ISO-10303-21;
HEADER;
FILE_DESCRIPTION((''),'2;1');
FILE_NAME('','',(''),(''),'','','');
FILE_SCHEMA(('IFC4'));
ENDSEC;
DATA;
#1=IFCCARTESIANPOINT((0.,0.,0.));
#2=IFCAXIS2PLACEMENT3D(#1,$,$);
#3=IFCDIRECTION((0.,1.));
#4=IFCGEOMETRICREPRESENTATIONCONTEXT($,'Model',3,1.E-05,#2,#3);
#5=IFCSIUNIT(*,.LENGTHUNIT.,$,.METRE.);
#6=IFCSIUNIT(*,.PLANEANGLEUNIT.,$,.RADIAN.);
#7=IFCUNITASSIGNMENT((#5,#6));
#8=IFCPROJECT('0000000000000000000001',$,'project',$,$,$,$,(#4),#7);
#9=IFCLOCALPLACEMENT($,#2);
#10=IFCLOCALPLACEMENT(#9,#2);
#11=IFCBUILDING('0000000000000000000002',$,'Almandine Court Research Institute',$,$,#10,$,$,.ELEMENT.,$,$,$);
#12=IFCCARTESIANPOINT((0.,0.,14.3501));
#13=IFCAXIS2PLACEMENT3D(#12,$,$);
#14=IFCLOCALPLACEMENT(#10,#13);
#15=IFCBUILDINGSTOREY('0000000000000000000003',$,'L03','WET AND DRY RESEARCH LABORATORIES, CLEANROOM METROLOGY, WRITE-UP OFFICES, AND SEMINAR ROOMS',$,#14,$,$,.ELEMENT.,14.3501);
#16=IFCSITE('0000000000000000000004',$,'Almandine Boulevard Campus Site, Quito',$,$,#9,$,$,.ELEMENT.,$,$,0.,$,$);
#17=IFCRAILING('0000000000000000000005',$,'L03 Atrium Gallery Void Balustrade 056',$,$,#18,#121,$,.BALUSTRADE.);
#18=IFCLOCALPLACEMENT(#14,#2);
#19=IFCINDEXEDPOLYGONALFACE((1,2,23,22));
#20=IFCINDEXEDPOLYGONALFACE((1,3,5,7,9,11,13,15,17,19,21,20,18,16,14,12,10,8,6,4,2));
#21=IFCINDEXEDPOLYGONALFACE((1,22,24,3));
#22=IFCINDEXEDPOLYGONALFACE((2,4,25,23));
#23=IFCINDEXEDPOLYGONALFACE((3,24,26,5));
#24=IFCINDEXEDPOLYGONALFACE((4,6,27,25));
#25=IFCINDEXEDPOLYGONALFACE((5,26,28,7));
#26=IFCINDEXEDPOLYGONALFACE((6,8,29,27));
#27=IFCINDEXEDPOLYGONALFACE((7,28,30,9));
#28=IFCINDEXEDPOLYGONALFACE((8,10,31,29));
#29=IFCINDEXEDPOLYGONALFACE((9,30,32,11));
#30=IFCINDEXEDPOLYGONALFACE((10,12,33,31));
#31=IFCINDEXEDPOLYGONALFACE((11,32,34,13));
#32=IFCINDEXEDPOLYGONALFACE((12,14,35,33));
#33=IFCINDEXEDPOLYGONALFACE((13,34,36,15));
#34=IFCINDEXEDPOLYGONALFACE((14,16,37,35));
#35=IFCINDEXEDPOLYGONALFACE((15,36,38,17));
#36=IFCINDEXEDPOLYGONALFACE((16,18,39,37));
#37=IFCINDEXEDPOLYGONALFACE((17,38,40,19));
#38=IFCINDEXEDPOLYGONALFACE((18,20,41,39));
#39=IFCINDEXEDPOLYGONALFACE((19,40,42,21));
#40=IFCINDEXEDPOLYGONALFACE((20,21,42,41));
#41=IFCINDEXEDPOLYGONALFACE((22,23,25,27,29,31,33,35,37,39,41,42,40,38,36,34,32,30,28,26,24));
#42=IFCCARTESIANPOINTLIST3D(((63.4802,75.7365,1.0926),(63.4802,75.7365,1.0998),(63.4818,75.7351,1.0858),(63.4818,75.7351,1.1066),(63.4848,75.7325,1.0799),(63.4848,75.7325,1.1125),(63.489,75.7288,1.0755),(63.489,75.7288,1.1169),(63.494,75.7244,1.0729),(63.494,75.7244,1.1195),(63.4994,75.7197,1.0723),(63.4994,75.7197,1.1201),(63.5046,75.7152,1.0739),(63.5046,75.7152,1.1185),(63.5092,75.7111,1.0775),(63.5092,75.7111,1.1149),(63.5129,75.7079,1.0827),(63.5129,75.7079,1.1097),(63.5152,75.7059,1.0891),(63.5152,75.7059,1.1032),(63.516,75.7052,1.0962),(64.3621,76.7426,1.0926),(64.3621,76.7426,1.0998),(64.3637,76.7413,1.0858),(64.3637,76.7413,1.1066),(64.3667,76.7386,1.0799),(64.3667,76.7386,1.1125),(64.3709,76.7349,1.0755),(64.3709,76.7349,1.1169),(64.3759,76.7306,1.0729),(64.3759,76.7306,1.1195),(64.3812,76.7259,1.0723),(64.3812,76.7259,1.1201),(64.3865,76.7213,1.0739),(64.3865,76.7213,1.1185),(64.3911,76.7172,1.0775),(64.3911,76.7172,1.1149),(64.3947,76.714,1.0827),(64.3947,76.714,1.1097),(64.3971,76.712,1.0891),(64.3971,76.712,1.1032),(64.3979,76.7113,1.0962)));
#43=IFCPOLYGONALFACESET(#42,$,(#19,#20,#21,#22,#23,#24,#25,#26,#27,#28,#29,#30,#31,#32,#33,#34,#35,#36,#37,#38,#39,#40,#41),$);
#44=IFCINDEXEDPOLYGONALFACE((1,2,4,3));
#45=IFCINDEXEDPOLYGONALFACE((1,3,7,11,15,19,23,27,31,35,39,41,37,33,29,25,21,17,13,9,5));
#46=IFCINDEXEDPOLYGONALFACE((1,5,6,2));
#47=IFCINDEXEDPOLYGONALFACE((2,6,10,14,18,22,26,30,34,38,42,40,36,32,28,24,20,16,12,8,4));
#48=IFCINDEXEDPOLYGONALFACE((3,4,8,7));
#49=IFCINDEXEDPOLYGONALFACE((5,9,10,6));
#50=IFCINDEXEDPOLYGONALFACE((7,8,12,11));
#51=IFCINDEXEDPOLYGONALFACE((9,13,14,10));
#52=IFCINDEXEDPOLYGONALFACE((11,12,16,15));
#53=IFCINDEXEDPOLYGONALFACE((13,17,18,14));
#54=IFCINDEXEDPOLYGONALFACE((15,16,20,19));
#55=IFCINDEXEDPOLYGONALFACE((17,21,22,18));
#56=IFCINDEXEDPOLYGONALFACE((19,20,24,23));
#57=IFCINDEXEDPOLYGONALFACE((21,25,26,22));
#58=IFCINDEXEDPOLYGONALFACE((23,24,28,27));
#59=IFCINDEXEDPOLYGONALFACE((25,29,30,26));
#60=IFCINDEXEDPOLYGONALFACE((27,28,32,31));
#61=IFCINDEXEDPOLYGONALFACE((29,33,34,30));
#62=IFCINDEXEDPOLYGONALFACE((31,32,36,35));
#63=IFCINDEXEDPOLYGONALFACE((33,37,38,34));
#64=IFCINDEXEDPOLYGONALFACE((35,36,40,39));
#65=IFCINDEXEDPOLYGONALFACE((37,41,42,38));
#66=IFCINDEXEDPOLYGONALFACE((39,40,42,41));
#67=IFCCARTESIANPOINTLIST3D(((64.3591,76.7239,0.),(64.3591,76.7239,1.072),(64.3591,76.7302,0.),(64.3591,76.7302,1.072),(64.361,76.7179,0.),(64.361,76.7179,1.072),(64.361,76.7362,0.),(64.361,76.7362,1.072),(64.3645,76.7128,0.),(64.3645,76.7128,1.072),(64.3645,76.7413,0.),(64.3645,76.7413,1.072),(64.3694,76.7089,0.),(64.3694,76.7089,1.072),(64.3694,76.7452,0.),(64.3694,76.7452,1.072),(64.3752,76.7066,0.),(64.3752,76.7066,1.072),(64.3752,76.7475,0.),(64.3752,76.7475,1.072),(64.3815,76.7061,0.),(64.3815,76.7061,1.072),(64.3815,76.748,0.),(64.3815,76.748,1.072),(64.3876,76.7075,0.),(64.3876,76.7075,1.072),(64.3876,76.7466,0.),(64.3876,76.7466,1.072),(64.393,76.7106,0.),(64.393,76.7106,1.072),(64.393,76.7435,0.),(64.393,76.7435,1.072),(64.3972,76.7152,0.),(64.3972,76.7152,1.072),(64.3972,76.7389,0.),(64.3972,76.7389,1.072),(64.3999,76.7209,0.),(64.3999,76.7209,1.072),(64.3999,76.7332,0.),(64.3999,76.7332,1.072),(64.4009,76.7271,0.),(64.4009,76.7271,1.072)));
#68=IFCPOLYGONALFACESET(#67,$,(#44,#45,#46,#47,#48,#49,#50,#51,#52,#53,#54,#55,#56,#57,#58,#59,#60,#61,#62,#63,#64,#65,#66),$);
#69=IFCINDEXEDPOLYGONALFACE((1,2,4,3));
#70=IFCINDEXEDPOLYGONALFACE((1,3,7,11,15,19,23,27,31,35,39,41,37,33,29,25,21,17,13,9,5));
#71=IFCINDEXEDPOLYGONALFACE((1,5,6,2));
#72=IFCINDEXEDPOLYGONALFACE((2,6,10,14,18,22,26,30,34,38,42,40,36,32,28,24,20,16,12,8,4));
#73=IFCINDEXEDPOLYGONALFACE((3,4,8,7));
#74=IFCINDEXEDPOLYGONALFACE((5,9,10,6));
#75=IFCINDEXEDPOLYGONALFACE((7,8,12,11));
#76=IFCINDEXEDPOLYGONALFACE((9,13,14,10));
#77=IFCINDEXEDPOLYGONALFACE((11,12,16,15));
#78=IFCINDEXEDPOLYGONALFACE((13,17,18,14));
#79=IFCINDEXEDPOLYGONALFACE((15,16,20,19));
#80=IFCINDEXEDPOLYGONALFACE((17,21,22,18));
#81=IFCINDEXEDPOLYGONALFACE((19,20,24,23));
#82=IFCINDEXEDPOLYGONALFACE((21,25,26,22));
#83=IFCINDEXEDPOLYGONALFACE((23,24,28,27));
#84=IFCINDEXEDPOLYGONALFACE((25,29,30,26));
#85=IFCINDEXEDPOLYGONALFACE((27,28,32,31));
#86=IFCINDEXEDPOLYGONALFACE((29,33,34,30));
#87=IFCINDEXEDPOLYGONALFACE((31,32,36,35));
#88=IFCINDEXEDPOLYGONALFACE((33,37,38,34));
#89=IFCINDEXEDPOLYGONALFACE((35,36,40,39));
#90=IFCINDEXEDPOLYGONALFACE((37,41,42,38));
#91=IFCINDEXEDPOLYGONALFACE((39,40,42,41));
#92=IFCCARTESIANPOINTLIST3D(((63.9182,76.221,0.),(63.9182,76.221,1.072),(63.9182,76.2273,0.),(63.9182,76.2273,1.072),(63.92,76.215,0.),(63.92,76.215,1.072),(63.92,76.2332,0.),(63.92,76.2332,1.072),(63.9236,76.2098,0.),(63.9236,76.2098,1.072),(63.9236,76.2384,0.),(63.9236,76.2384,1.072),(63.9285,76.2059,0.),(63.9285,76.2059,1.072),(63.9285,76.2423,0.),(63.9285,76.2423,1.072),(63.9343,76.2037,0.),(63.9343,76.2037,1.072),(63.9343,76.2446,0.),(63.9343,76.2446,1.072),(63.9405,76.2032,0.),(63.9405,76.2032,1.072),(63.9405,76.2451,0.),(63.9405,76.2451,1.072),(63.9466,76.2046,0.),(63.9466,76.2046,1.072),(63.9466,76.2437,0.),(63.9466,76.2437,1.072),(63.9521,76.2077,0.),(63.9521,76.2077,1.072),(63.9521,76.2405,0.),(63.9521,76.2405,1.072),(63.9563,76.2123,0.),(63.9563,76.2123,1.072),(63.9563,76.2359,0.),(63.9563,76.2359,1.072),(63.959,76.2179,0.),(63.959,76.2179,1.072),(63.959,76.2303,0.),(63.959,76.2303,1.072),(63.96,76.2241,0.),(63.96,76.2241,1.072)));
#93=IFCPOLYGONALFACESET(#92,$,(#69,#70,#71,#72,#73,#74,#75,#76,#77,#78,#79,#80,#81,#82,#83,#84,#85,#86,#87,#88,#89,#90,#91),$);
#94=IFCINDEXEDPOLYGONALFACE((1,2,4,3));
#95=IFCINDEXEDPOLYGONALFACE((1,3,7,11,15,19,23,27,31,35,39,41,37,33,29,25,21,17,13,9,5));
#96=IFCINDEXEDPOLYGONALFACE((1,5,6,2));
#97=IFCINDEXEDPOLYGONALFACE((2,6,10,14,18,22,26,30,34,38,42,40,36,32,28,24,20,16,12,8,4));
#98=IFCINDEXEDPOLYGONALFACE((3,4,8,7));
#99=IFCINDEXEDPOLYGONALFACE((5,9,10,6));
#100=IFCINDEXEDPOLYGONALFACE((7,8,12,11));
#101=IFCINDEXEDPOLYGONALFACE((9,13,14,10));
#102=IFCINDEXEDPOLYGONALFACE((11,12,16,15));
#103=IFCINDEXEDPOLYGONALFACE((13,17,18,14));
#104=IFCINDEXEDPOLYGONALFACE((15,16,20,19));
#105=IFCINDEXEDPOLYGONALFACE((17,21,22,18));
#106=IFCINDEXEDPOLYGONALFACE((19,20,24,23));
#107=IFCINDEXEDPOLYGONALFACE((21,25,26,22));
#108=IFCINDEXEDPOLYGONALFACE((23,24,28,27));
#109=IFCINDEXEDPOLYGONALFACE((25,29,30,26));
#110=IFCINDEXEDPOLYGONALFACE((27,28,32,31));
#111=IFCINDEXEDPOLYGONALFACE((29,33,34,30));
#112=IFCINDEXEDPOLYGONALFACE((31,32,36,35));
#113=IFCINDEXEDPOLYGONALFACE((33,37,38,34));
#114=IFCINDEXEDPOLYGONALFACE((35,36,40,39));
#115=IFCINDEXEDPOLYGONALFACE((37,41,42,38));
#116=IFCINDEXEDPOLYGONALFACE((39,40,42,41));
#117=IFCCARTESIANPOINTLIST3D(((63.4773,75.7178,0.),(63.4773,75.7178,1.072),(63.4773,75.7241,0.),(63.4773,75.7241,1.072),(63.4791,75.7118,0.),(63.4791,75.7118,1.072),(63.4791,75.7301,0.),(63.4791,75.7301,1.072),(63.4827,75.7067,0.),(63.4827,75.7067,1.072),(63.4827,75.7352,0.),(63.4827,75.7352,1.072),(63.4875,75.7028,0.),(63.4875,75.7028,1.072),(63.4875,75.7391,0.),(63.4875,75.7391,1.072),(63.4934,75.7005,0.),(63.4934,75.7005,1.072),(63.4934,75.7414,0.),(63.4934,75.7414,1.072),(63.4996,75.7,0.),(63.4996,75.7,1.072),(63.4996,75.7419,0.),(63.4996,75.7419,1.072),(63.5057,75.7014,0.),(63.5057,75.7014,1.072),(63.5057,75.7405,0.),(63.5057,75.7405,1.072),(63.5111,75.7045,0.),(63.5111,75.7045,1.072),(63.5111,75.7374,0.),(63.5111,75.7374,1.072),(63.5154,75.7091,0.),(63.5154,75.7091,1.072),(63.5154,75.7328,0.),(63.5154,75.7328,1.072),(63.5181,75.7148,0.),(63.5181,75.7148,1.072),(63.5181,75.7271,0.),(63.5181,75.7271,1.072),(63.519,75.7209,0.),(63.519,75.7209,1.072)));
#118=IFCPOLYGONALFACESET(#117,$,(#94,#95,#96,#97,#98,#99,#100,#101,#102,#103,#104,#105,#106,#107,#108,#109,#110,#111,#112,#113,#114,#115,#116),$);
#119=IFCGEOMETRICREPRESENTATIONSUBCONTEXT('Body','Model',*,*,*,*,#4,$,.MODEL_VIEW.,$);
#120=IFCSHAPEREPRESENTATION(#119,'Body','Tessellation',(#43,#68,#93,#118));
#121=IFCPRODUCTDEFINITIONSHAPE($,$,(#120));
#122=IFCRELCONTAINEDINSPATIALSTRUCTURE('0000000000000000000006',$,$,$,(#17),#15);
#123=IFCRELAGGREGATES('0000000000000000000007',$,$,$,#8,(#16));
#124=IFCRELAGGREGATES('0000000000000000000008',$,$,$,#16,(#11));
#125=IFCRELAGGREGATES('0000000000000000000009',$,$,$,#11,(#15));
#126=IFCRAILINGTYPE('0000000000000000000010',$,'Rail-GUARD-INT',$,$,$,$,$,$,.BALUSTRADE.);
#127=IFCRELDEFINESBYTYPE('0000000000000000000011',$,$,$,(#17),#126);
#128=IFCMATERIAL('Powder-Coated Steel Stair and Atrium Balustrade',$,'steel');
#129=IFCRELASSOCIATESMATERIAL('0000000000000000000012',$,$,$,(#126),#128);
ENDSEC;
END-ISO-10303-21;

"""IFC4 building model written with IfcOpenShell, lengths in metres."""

from ifc_helpers import new_model, si_unit, direction, frame, origin, origin_2d, place, context, subcontext, project, spatial, circle, extrude, material, type_object, element, save


model = new_model("IFC4")

# Units and contexts
model_context = context("Model", 3, precision=1e-05, world=origin(), true_north=direction((0.0, 1.0)))
body_context = subcontext(model_context, "Body", "Model", "MODEL_VIEW")
ifc_project = project(units=[si_unit("LENGTHUNIT", "METRE"), si_unit("PLANEANGLEUNIT", "RADIAN")], contexts=[model_context])

# Site, building, storey
site_placement = place(None, origin())
site = spatial("IfcSite", under=ifc_project, at=site_placement, Name="Almandine Boulevard Campus Site, Quito", CompositionType="ELEMENT", RefElevation=0.0)
building_placement = place(site_placement, origin())
building = spatial("IfcBuilding", under=site, at=building_placement, Name="Almandine Court Research Institute", CompositionType="ELEMENT")
storey_placement = place(building_placement, frame((0.0, 0.0, 14.3501)))
storey = spatial("IfcBuildingStorey", under=building, at=storey_placement, Name="L03", Description="WET AND DRY RESEARCH LABORATORIES, CLEANROOM METROLOGY, WRITE-UP OFFICES, AND SEMINAR ROOMS", CompositionType="ELEMENT", Elevation=14.3501)

# Railing
ifc_material_1 = material(Name="Powder-Coated Steel Stair and Atrium Balustrade", Category="steel")
railing_type = type_object("IfcRailingType", Name="Rail-GUARD-INT", PredefinedType="BALUSTRADE", material=ifc_material_1)
railing_1_placement = place(storey_placement, frame((64.3799, 76.7271, 0.0)))
element("IfcRailing", 1, at=railing_1_placement, inside=storey, type_object=railing_type, Name="L03 Atrium Gallery Void Balustrade 056", PredefinedType="BALUSTRADE", context=body_context, shape_type="SweptSolid", body=[
    extrude(circle(Radius=0.0239, at=origin_2d()), frame((0.0, 0.0, 1.0962), z_axis=(-0.659137, -0.752023, 0.0), x_axis=(0.752023, -0.659137, 0.0)), (0.0, 0.0, 1.0), 1.3379),
    extrude(circle(Radius=0.021, at=origin_2d()), origin(), (0.0, 0.0, 1.0), 1.072),
    extrude(circle(Radius=0.021, at=origin_2d()), frame((-0.4409, -0.5029, 0.0)), (0.0, 0.0, 1.0), 1.072),
    extrude(circle(Radius=0.021, at=origin_2d()), frame((-0.8818, -1.0061, 0.0)), (0.0, 0.0, 1.0), 1.072),
])

save(model, "model.ifc")
